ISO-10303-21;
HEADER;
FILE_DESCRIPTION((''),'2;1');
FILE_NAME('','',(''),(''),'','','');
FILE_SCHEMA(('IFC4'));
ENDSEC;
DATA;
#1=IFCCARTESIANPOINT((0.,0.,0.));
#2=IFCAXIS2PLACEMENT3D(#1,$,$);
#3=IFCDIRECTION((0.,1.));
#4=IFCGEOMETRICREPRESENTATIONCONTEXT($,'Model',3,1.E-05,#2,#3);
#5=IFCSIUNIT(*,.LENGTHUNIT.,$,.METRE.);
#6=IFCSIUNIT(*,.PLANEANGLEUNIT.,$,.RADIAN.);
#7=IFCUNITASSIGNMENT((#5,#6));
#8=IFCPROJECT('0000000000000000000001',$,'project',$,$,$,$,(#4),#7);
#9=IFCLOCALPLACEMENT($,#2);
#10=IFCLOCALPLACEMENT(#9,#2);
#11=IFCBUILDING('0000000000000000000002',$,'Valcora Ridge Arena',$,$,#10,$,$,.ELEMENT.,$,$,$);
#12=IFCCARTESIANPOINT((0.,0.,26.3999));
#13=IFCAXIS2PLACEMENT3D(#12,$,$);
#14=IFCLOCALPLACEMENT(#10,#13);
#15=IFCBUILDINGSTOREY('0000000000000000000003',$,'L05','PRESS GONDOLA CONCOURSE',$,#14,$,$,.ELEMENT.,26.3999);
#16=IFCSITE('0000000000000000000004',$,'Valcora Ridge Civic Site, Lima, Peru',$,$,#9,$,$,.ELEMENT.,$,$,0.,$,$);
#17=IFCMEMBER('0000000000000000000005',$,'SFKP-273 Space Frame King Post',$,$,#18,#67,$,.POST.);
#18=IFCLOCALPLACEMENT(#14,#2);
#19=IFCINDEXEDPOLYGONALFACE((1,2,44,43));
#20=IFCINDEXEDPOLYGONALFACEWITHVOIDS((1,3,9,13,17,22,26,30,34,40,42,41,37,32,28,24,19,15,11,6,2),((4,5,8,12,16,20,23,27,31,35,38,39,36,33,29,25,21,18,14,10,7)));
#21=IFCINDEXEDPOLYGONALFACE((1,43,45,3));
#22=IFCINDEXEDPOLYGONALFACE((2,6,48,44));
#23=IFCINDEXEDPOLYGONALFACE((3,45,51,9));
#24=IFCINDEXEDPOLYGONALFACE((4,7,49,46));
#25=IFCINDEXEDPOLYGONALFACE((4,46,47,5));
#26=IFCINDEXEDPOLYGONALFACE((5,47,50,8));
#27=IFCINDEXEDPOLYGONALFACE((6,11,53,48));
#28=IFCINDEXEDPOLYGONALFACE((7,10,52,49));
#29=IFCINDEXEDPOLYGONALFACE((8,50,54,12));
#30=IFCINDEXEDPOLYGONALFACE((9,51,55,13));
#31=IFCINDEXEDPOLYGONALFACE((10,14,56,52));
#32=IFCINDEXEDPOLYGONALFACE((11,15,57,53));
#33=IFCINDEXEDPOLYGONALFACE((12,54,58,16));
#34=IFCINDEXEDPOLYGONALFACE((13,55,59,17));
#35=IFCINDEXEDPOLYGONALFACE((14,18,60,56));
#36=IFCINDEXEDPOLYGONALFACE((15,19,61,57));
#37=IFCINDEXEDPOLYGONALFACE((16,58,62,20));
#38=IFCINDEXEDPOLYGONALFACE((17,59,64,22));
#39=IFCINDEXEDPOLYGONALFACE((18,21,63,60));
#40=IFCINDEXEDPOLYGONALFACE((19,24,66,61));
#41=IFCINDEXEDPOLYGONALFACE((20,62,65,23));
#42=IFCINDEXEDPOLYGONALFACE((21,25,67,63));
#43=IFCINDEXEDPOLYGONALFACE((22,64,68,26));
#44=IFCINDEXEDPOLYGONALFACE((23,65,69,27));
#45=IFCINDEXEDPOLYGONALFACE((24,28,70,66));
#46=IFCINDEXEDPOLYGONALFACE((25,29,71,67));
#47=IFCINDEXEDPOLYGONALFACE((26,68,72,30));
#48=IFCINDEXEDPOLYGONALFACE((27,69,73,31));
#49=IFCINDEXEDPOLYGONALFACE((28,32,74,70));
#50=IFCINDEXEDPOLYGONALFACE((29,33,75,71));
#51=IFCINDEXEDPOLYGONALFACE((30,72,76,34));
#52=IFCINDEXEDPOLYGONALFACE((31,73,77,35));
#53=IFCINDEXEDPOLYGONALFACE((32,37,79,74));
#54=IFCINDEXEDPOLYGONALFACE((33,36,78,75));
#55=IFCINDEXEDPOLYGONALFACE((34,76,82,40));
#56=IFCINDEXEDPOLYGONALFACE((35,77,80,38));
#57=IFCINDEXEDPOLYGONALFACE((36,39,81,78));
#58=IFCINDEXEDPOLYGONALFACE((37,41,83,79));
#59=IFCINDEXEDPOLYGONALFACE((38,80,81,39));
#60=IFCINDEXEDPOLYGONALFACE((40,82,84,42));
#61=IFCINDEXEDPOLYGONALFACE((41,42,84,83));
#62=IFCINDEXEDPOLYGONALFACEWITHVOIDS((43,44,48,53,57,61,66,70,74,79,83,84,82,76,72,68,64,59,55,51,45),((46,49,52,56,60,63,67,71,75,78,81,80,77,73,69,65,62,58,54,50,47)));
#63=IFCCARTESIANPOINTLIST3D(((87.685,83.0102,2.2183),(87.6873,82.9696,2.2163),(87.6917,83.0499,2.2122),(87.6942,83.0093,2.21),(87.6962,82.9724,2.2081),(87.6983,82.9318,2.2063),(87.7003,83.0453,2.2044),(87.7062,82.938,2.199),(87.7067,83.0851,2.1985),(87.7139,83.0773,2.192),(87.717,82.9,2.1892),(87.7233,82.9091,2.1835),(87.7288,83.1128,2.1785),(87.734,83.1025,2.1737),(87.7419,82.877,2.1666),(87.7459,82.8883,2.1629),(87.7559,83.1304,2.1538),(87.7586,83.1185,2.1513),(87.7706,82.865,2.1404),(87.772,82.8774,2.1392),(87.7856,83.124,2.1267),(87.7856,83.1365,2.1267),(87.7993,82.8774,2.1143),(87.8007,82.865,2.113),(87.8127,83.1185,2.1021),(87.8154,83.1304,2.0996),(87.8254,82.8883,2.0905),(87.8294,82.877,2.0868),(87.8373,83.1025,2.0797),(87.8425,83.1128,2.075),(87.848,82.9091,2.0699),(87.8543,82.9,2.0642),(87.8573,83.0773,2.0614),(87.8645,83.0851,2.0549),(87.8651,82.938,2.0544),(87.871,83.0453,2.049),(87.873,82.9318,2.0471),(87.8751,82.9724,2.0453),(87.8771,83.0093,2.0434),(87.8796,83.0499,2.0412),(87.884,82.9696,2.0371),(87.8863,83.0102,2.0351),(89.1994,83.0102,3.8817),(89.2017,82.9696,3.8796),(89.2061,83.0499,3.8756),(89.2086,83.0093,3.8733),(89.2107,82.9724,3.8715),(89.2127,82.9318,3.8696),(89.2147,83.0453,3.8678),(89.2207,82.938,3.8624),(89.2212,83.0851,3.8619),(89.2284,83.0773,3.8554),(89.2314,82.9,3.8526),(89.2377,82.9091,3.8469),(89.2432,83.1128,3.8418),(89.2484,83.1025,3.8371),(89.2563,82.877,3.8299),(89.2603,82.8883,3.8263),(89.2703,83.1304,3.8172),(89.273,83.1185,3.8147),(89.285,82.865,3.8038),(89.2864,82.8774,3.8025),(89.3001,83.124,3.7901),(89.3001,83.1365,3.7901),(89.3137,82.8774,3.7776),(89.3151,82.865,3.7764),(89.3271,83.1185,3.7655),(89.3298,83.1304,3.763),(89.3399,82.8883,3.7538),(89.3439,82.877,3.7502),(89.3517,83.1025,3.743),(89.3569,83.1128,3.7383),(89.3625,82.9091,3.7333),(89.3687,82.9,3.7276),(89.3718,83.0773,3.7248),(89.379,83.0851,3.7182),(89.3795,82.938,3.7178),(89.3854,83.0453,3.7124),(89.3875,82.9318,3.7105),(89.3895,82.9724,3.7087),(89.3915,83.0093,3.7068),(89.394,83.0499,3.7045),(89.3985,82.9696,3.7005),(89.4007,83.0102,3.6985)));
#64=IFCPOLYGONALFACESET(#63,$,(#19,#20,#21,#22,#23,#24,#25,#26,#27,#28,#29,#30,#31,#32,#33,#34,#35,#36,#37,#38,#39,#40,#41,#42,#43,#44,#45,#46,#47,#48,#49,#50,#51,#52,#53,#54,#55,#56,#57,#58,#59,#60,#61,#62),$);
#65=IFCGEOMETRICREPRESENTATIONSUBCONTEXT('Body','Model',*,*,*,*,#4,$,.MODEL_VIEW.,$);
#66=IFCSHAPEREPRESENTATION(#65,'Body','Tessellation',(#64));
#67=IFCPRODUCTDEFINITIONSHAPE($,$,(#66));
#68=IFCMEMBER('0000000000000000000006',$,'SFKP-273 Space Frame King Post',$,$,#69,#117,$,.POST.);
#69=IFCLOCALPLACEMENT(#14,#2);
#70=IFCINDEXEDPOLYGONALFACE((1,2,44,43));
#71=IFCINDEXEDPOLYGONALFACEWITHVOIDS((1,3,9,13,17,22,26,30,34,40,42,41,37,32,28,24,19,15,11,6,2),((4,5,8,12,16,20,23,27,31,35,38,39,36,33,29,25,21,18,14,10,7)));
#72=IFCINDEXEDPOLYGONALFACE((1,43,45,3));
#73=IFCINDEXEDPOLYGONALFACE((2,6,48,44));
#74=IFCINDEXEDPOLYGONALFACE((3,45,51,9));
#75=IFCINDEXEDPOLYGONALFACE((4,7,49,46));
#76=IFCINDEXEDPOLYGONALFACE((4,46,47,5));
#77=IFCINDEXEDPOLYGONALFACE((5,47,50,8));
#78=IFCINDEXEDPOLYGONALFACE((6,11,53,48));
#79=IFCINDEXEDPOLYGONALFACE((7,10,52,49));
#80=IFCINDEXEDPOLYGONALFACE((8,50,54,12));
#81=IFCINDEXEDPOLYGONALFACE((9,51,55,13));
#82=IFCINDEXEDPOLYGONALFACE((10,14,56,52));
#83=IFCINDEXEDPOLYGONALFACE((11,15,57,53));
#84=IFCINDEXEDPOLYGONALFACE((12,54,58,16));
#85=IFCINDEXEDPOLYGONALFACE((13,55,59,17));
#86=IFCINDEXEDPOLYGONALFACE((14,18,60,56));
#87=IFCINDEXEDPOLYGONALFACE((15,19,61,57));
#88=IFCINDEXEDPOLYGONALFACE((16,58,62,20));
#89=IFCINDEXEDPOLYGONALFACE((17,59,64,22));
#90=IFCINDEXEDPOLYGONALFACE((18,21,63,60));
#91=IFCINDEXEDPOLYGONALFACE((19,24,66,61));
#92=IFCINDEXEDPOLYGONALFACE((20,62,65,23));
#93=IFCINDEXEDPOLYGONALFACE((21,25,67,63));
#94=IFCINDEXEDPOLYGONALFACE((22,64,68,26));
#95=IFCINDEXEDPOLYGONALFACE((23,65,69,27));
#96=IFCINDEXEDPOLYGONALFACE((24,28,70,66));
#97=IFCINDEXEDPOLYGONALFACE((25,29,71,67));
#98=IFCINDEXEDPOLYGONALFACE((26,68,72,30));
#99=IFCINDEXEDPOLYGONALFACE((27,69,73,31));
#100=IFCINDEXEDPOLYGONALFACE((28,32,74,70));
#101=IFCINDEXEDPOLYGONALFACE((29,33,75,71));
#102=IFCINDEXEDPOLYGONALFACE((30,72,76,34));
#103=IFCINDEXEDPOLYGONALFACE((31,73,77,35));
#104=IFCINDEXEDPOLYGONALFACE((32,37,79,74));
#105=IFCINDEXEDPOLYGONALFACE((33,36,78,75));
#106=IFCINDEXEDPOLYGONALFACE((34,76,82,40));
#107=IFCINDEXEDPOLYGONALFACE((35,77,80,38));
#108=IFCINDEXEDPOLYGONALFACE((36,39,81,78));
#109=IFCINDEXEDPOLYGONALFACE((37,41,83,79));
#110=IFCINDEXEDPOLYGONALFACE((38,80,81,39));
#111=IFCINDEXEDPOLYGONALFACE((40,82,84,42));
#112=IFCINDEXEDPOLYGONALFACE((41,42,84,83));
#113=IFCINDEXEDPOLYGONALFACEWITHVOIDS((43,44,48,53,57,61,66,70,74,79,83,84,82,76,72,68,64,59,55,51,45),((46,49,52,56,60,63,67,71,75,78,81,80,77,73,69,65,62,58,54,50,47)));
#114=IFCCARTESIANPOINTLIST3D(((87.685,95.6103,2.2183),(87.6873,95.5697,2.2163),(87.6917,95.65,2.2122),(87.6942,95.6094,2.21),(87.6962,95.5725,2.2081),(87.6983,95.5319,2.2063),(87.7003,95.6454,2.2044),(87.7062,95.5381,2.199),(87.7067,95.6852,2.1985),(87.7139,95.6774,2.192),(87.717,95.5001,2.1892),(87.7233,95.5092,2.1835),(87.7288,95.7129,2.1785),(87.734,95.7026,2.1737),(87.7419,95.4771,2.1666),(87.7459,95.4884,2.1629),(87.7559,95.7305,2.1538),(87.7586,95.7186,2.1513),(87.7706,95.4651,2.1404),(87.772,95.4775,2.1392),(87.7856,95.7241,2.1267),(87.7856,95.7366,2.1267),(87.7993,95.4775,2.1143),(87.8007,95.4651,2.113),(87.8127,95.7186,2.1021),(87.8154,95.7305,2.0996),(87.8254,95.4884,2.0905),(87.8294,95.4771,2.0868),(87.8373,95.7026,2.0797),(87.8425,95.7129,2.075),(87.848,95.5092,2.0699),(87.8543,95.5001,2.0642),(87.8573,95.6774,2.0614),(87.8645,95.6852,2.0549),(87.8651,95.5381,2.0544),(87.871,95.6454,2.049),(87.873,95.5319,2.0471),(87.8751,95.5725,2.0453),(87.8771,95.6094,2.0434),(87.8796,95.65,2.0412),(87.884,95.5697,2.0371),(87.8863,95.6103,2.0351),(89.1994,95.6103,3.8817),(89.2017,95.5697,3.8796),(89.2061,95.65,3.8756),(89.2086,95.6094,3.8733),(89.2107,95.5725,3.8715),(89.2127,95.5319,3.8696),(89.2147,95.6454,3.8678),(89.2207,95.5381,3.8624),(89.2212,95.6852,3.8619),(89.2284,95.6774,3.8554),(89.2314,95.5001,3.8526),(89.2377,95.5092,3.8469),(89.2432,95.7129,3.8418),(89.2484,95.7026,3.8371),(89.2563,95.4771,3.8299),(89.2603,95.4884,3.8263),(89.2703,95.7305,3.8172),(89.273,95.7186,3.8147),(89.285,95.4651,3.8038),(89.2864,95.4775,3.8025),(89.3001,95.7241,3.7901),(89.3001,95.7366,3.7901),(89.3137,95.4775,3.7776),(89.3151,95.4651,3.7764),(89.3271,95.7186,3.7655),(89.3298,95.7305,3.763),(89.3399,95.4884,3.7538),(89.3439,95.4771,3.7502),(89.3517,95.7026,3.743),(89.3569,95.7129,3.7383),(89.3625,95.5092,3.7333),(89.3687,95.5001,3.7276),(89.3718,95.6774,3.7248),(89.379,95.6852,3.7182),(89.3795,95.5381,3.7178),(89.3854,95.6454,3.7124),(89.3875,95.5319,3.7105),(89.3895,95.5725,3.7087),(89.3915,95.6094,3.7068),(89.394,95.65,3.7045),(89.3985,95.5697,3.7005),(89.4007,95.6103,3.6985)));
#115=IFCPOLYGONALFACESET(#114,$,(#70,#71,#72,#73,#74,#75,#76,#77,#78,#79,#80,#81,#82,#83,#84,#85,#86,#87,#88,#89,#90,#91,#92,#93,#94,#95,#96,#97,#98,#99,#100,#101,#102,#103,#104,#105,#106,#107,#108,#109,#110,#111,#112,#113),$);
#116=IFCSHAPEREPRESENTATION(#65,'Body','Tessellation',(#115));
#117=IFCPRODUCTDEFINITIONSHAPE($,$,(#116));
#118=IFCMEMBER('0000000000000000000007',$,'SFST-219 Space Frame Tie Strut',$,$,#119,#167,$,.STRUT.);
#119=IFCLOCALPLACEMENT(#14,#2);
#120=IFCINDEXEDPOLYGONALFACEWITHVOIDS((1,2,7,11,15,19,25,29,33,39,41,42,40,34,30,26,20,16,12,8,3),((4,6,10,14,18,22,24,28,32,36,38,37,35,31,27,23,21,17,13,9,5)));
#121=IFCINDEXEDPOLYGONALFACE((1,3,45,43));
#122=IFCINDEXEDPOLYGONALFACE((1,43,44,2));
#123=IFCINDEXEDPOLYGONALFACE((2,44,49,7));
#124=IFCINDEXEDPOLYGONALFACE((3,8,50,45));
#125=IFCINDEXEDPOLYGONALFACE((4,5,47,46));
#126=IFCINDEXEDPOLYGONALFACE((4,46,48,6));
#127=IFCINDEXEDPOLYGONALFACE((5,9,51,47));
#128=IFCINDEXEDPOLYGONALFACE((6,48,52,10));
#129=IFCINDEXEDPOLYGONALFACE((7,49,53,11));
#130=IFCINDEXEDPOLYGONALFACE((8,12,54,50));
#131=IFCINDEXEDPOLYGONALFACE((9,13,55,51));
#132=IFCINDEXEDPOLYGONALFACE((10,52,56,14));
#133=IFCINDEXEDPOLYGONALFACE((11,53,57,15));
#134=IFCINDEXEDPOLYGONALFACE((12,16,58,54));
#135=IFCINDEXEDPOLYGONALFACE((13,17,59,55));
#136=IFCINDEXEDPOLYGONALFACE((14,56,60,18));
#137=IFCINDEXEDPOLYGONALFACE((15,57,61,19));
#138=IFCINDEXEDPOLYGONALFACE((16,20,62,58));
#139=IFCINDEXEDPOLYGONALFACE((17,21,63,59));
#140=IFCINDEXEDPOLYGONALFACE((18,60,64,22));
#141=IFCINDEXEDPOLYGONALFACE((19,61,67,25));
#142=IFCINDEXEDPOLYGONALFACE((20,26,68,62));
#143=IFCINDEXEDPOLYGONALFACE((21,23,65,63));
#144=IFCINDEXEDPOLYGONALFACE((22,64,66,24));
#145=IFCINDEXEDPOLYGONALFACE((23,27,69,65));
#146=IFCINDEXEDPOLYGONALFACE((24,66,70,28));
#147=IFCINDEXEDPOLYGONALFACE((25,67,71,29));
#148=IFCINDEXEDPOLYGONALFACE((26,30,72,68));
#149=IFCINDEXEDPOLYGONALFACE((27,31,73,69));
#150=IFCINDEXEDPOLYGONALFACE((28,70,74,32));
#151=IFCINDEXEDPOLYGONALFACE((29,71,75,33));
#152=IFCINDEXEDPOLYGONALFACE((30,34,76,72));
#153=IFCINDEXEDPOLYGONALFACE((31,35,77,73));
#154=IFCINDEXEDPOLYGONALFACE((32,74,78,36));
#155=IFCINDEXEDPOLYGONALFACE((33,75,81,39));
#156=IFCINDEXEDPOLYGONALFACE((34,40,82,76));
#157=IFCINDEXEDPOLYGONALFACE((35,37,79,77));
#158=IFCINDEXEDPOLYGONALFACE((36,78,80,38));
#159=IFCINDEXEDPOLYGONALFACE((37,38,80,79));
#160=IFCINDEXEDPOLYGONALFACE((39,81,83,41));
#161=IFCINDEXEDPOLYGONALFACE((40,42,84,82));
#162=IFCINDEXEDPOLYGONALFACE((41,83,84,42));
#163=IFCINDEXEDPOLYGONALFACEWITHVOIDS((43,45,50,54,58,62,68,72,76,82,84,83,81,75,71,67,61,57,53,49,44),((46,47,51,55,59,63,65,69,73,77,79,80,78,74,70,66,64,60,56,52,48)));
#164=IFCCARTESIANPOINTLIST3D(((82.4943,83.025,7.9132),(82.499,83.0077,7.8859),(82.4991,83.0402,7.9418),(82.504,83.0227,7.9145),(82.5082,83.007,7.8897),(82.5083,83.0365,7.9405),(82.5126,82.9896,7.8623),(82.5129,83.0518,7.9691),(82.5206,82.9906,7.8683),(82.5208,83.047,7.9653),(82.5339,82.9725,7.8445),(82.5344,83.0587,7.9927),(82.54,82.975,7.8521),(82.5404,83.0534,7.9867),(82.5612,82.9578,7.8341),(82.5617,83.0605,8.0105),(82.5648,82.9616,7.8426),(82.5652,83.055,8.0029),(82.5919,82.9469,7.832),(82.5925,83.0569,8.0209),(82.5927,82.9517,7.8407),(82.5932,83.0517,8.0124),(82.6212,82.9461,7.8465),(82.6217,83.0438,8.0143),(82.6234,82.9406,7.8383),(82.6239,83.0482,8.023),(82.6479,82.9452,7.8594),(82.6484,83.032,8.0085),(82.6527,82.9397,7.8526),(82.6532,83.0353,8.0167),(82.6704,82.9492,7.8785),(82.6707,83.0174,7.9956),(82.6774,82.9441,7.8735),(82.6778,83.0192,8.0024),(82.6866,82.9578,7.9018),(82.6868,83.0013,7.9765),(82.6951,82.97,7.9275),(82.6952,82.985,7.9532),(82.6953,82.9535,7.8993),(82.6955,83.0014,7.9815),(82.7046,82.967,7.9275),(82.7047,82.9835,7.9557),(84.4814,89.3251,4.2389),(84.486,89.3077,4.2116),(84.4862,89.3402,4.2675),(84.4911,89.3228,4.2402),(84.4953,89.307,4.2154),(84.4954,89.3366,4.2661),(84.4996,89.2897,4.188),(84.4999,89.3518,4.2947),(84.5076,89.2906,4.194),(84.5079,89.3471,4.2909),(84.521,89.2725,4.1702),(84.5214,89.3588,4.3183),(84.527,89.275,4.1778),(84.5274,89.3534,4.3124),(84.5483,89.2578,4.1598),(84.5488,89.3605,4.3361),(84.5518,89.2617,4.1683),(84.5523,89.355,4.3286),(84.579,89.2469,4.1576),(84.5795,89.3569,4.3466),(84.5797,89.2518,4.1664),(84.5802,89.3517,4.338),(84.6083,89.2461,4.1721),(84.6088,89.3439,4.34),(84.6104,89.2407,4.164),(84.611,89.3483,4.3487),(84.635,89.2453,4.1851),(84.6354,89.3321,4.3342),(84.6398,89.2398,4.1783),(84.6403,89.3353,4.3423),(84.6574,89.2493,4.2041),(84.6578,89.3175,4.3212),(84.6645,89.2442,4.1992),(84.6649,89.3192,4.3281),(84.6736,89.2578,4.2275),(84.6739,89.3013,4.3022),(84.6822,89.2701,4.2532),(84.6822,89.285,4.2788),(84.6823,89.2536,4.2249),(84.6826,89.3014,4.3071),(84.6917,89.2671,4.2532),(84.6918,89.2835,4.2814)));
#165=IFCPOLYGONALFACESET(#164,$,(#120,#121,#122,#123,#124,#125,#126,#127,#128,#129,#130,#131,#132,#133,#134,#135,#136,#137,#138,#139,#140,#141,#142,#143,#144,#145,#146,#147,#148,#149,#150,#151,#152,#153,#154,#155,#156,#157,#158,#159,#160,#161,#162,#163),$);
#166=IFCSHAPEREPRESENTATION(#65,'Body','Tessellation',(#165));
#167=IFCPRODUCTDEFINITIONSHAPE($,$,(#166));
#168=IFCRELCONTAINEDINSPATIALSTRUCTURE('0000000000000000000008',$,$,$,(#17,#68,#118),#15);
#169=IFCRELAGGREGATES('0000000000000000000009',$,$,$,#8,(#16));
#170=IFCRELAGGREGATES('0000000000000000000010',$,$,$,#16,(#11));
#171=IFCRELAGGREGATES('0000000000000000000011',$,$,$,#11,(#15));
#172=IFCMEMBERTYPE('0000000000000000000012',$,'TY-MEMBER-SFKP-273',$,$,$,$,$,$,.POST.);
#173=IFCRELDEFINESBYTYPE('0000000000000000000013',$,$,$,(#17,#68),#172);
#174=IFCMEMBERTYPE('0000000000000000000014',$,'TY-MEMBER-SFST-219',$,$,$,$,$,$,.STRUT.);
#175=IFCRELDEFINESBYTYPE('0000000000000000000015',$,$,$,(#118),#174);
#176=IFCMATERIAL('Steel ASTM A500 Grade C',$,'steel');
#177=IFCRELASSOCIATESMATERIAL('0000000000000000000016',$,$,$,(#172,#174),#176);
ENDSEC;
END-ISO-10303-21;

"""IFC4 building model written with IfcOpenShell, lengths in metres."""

from ifc_helpers import new_model, si_unit, direction, frame, origin, origin_2d, place, context, subcontext, project, spatial, hollow_circle, extrude, material, material_profile, profile_set, type_object, element, save


model = new_model("IFC4")

# Units and contexts
model_context = context("Model", 3, precision=1e-05, world=origin(), true_north=direction((0.0, 1.0)))
body_context = subcontext(model_context, "Body", "Model", "MODEL_VIEW")
ifc_project = project(units=[si_unit("LENGTHUNIT", "METRE"), si_unit("PLANEANGLEUNIT", "RADIAN")], contexts=[model_context])

# Site, building, storey
site_placement = place(None, origin())
site = spatial("IfcSite", under=ifc_project, at=site_placement, Name="Valcora Ridge Civic Site, Lima, Peru", CompositionType="ELEMENT", RefElevation=0.0)
building_placement = place(site_placement, origin())
building = spatial("IfcBuilding", under=site, at=building_placement, Name="Valcora Ridge Arena", CompositionType="ELEMENT")
storey_placement = place(building_placement, frame((0.0, 0.0, 26.3999)))
storey = spatial("IfcBuildingStorey", under=building, at=storey_placement, Name="L05", Description="PRESS GONDOLA CONCOURSE", CompositionType="ELEMENT", Elevation=26.3999)

# Members
ifc_material_1 = material(Name="Steel ASTM A500 Grade C", Category="steel")
ifc_material_profile_1 = material_profile(ifc_material_1, hollow_circle(Radius=0.1365, WallThickness=0.0125, at=origin_2d()), Name="CHS273X12")
ifc_profile_set_1 = profile_set([ifc_material_profile_1], Name="Steel ASTM A500 Grade C")
member_type_1 = type_object("IfcMemberType", Name="TY-MEMBER-SFKP-273", PredefinedType="POST", material=ifc_profile_set_1)
for number, where, z_axis, x_axis, name in (
    (1, (87.7856, 83.0, 2.1267), (0.673229, 0.0, 0.739434), (0.0, 1.0, 0.0), "SFKP-273 Space Frame King Post"),
    (2, (87.7856, 95.6001, 2.1267), (0.673229, 0.0, 0.739434), (0.0, 1.0, 0.0), "SFKP-273 Space Frame King Post"),
):
    element("IfcMember", number, at=place(storey_placement, frame(where, z_axis=z_axis, x_axis=x_axis)), inside=storey, type_object=member_type_1, Name=name, PredefinedType="POST", context=body_context, shape_type="SweptSolid", body=[
        extrude(hollow_circle(Radius=0.1365, WallThickness=0.0125, at=origin_2d()), origin(), (0.0, 0.0, 1.0), 2.2495),
    ])
ifc_material_profile_2 = material_profile(ifc_material_1, hollow_circle(Radius=0.1096, WallThickness=0.01, at=origin_2d()), Name="CHS219X10")
ifc_profile_set_2 = profile_set([ifc_material_profile_2], Name="Steel ASTM A500 Grade C")
member_type_2 = type_object("IfcMemberType", Name="TY-MEMBER-SFST-219", PredefinedType="STRUT", material=ifc_profile_set_2)
member_1_placement = place(storey_placement, frame((84.5872, 89.3, 4.2532), z_axis=(-0.262871, -0.833442, 0.48608), x_axis=(0.953688, -0.300797, 0.0)))
element("IfcMember", 3, at=member_1_placement, inside=storey, type_object=member_type_2, Name="SFST-219 Space Frame Tie Strut", PredefinedType="STRUT", context=body_context, shape_type="SweptSolid", body=[
    extrude(hollow_circle(Radius=0.1096, WallThickness=0.01, at=origin_2d()), origin(), (0.0, 0.0, 1.0), 7.5591),
])

save(model, "model.ifc")
